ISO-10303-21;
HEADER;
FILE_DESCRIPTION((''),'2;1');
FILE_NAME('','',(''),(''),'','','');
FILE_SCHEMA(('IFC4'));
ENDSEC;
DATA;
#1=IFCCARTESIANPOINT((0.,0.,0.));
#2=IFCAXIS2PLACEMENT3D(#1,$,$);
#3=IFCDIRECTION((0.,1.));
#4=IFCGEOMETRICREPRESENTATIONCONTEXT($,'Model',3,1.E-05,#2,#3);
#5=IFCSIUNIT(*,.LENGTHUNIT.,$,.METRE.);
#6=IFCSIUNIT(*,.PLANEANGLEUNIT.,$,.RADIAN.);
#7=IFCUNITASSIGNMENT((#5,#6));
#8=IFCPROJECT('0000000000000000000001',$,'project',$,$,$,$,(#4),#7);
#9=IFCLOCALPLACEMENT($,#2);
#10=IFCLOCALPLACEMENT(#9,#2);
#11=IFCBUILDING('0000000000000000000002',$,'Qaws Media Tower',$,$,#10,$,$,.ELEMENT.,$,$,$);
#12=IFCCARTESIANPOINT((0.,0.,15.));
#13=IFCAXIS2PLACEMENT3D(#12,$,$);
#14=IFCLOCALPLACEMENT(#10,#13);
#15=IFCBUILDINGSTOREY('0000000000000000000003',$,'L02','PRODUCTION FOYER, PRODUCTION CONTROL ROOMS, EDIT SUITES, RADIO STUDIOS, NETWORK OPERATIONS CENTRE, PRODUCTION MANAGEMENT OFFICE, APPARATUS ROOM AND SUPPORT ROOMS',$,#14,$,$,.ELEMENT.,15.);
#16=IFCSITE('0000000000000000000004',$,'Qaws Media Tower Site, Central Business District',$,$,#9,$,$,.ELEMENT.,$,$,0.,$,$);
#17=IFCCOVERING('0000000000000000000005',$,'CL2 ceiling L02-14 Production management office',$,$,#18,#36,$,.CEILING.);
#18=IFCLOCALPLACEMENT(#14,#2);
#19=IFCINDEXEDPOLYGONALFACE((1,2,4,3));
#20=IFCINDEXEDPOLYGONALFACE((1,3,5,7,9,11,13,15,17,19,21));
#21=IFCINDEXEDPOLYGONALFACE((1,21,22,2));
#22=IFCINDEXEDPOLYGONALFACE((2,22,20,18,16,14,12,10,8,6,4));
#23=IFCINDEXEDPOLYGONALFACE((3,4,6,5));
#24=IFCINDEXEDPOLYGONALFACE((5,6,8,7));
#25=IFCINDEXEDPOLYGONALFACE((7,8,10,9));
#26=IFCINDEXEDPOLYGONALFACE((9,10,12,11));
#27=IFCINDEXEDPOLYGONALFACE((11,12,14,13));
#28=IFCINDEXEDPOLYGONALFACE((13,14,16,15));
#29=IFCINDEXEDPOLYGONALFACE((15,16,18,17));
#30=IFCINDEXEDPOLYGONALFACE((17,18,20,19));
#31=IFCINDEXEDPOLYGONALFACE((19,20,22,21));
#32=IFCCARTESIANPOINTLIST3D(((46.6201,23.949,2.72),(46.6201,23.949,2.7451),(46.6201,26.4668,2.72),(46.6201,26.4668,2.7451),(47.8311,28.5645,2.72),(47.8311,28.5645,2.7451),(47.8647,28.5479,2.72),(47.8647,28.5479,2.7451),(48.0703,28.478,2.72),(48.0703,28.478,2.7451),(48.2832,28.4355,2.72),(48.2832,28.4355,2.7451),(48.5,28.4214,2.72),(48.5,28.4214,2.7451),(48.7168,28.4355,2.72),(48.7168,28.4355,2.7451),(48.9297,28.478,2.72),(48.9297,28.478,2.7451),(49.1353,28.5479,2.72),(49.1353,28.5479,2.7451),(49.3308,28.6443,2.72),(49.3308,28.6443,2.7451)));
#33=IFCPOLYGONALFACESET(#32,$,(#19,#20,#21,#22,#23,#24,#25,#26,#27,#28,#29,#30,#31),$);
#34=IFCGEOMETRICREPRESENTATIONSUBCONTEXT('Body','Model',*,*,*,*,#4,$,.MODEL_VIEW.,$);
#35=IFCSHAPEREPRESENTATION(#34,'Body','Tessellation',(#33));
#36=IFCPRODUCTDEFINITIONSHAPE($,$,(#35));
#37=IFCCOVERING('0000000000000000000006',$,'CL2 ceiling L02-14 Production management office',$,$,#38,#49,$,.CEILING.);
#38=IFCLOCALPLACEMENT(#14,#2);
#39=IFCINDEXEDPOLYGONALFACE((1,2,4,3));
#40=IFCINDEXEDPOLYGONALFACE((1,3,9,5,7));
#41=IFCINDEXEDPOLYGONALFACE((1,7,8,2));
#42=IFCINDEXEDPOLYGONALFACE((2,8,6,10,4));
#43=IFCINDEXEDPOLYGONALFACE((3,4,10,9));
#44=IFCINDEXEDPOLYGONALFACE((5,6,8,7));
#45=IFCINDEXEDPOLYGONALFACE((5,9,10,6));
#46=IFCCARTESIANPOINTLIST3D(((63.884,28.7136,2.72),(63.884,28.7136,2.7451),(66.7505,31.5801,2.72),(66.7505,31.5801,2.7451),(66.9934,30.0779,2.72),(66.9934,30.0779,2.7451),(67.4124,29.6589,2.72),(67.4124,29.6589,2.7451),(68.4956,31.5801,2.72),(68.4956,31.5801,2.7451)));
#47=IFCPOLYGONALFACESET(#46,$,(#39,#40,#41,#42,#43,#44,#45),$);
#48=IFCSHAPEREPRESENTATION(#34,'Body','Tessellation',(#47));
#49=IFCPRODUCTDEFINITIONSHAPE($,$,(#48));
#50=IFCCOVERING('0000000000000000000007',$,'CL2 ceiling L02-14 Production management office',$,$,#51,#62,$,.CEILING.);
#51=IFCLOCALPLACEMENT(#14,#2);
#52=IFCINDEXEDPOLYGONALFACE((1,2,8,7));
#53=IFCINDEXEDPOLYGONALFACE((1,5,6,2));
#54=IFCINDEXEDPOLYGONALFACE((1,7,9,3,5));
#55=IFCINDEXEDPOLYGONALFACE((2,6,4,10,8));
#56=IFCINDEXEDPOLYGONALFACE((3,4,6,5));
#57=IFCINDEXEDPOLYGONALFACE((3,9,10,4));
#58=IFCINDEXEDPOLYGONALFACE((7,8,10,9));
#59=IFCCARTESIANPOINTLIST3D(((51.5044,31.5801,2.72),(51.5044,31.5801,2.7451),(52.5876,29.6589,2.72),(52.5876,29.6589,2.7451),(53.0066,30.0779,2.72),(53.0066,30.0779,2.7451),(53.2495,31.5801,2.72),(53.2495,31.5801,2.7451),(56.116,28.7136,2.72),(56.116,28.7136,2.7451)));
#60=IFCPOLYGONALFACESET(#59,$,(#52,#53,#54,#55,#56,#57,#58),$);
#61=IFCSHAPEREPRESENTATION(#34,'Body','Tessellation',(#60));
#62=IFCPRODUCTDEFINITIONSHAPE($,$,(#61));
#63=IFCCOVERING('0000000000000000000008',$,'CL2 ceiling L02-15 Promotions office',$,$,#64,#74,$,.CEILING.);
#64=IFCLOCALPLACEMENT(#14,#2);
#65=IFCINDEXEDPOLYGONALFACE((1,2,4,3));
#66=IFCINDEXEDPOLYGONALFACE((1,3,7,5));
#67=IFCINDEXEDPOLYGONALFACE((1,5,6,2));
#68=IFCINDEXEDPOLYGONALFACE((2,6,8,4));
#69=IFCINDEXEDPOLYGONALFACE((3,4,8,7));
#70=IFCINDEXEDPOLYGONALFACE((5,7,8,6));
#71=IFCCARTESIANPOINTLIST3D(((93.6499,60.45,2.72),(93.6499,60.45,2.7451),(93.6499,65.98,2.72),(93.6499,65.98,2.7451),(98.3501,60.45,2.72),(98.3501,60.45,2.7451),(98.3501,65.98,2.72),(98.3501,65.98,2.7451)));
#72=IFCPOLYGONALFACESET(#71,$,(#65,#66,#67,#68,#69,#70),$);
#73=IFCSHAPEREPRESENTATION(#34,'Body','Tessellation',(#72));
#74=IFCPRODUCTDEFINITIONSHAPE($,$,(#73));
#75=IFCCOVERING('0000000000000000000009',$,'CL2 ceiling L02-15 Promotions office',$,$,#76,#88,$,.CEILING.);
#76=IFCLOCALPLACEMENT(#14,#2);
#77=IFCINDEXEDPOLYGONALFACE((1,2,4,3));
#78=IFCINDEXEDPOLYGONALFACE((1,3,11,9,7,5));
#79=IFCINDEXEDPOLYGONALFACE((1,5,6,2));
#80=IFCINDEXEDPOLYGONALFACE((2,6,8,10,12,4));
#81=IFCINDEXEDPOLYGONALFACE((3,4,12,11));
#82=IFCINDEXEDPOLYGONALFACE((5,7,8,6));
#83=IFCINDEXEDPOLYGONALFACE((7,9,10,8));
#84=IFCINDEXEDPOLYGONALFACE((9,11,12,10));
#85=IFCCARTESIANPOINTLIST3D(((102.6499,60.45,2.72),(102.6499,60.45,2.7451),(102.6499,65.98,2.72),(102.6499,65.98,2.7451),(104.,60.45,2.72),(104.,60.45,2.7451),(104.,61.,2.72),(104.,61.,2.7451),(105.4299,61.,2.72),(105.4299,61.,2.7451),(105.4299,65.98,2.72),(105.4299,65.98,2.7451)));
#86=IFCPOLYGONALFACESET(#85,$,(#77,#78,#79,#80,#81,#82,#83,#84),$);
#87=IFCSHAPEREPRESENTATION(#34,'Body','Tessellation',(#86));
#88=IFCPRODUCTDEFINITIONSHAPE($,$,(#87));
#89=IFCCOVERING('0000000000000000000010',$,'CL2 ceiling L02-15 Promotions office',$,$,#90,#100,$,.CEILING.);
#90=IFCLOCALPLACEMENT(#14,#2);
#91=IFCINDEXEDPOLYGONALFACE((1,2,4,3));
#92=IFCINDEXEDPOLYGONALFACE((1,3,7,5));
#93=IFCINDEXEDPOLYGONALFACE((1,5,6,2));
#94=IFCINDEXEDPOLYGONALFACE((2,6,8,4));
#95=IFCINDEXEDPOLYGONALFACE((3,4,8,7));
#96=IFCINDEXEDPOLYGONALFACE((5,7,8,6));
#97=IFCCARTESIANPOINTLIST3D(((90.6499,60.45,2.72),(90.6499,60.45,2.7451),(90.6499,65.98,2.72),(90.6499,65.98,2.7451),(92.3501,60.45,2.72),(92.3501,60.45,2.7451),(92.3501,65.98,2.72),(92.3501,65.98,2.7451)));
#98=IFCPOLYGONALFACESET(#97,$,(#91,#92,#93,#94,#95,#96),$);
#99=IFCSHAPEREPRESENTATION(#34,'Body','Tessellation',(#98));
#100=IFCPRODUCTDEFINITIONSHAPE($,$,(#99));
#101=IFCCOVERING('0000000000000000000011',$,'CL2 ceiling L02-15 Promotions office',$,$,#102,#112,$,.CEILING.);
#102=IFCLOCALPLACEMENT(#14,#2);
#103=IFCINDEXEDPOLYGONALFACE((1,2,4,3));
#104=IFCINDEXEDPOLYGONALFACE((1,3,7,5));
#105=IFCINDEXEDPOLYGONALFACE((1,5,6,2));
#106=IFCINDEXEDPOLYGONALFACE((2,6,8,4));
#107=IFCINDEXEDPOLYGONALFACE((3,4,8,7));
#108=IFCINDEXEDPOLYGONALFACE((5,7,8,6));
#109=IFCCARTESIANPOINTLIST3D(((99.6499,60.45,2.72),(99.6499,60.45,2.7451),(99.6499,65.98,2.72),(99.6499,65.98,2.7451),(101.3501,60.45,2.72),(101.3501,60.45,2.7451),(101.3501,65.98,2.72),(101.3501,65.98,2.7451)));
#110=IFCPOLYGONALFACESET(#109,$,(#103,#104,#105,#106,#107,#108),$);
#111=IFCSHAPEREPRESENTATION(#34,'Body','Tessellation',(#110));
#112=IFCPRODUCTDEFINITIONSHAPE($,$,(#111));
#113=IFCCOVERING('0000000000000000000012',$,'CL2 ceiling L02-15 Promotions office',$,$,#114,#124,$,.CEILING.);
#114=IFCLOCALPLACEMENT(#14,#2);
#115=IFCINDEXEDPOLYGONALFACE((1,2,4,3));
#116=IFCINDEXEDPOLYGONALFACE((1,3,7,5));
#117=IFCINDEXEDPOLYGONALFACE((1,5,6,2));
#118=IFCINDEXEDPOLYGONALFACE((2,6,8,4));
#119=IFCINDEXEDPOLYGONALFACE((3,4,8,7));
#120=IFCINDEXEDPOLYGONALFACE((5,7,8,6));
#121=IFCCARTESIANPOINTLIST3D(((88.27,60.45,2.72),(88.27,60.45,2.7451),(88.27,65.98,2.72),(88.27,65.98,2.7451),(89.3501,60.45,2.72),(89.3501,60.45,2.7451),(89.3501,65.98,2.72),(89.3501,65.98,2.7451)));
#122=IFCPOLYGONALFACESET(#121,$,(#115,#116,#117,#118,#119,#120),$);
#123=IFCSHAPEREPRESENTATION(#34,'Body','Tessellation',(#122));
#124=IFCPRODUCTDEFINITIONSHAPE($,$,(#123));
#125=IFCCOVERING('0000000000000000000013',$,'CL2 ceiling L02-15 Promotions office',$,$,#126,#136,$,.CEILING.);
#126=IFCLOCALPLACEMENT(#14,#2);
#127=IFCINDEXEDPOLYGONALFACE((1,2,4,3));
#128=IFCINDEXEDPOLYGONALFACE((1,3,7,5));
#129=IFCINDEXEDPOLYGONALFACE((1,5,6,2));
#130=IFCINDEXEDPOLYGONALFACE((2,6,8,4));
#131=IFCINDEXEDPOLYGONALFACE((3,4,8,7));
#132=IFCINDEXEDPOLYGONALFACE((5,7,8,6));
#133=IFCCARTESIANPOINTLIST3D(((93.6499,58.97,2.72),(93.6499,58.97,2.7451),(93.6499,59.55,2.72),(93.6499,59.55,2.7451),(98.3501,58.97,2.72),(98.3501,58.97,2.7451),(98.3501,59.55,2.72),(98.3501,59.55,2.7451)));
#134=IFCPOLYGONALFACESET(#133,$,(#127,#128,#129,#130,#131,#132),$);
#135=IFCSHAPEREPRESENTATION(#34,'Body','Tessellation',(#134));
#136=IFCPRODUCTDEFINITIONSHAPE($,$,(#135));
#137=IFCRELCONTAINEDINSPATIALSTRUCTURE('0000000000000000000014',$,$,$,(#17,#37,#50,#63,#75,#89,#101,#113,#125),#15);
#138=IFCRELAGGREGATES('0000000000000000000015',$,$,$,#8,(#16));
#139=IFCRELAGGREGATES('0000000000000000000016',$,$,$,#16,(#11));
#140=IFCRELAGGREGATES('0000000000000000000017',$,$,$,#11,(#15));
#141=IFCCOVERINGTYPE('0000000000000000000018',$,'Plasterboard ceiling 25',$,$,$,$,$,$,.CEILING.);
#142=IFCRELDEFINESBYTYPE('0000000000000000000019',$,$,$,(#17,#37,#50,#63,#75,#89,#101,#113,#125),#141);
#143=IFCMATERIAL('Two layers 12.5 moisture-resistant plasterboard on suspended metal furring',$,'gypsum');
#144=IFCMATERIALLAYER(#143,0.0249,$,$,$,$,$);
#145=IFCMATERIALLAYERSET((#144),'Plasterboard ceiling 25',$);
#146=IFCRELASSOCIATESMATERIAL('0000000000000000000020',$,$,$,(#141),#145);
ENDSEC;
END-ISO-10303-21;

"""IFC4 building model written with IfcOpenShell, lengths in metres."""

from ifc_helpers import new_model, si_unit, direction, frame, origin, place, context, subcontext, project, spatial, polyline, outline, extrude, material, layer, layer_set, type_object, element, save


model = new_model("IFC4")

# Units and contexts
model_context = context("Model", 3, precision=1e-05, world=origin(), true_north=direction((0.0, 1.0)))
body_context = subcontext(model_context, "Body", "Model", "MODEL_VIEW")
ifc_project = project(units=[si_unit("LENGTHUNIT", "METRE"), si_unit("PLANEANGLEUNIT", "RADIAN")], contexts=[model_context])

# Site, building, storey
site_placement = place(None, origin())
site = spatial("IfcSite", under=ifc_project, at=site_placement, Name="Qaws Media Tower Site, Central Business District", CompositionType="ELEMENT", RefElevation=0.0)
building_placement = place(site_placement, origin())
building = spatial("IfcBuilding", under=site, at=building_placement, Name="Qaws Media Tower", CompositionType="ELEMENT")
storey_placement = place(building_placement, frame((0.0, 0.0, 15.0)))
storey = spatial("IfcBuildingStorey", under=building, at=storey_placement, Name="L02", Description="PRODUCTION FOYER, PRODUCTION CONTROL ROOMS, EDIT SUITES, RADIO STUDIOS, NETWORK OPERATIONS CENTRE, PRODUCTION MANAGEMENT OFFICE, APPARATUS ROOM AND SUPPORT ROOMS", CompositionType="ELEMENT", Elevation=15.0)

# Coverings
ifc_material_1 = material(Name="Two layers 12.5 moisture-resistant plasterboard on suspended metal furring", Category="gypsum")
ifc_layer_1 = layer(ifc_material_1, 0.0249)
ifc_layer_set_1 = layer_set([ifc_layer_1], Name="Plasterboard ceiling 25")
covering_type_1 = type_object("IfcCoveringType", Name="Plasterboard ceiling 25", PredefinedType="CEILING", material=ifc_layer_set_1)
covering_1_placement = place(storey_placement, frame((0.0, 0.0, 2.72)))
element("IfcCovering", 1, at=covering_1_placement, inside=storey, type_object=covering_type_1, Name="CL2 ceiling L02-14 Production management office", PredefinedType="CEILING", context=body_context, shape_type="SweptSolid", body=[
    extrude(outline(polyline([(46.6201, 26.4668), (47.8311, 28.5645), (47.8647, 28.5479), (48.0703, 28.478), (48.2832, 28.4355), (48.5, 28.4214), (48.7168, 28.4355), (48.9297, 28.478), (49.1353, 28.5479), (49.3308, 28.6443), (46.6201, 23.949), (46.6201, 26.4668)])), origin(), (0.0, 0.0, 1.0), 0.0251),
])
covering_2_placement = place(storey_placement, frame((0.0, 0.0, 2.72)))
element("IfcCovering", 2, at=covering_2_placement, inside=storey, type_object=covering_type_1, Name="CL2 ceiling L02-14 Production management office", PredefinedType="CEILING", context=body_context, shape_type="SweptSolid", body=[
    extrude(outline(polyline([(68.4956, 31.5801), (66.9934, 30.0779), (67.4124, 29.6589), (63.884, 28.7136), (66.7505, 31.5801), (68.4956, 31.5801)])), origin(), (0.0, 0.0, 1.0), 0.0251),
])
covering_3_placement = place(storey_placement, frame((0.0, 0.0, 2.72)))
element("IfcCovering", 3, at=covering_3_placement, inside=storey, type_object=covering_type_1, Name="CL2 ceiling L02-14 Production management office", PredefinedType="CEILING", context=body_context, shape_type="SweptSolid", body=[
    extrude(outline(polyline([(53.2495, 31.5801), (56.116, 28.7136), (52.5876, 29.6589), (53.0066, 30.0779), (51.5044, 31.5801), (53.2495, 31.5801)])), origin(), (0.0, 0.0, 1.0), 0.0251),
])
covering_4_placement = place(storey_placement, frame((0.0, 0.0, 2.72)))
element("IfcCovering", 4, at=covering_4_placement, inside=storey, type_object=covering_type_1, Name="CL2 ceiling L02-15 Promotions office", PredefinedType="CEILING", context=body_context, shape_type="SweptSolid", body=[
    extrude(outline(polyline([(98.3501, 65.98), (98.3501, 60.45), (93.6499, 60.45), (93.6499, 65.98), (98.3501, 65.98)])), origin(), (0.0, 0.0, 1.0), 0.0251),
])
covering_5_placement = place(storey_placement, frame((0.0, 0.0, 2.72)))
element("IfcCovering", 5, at=covering_5_placement, inside=storey, type_object=covering_type_1, Name="CL2 ceiling L02-15 Promotions office", PredefinedType="CEILING", context=body_context, shape_type="SweptSolid", body=[
    extrude(outline(polyline([(105.4299, 61.0), (104.0, 61.0), (104.0, 60.45), (102.6499, 60.45), (102.6499, 65.98), (105.4299, 65.98), (105.4299, 61.0)])), origin(), (0.0, 0.0, 1.0), 0.0251),
])
covering_6_placement = place(storey_placement, frame((0.0, 0.0, 2.72)))
element("IfcCovering", 6, at=covering_6_placement, inside=storey, type_object=covering_type_1, Name="CL2 ceiling L02-15 Promotions office", PredefinedType="CEILING", context=body_context, shape_type="SweptSolid", body=[
    extrude(outline(polyline([(92.3501, 65.98), (92.3501, 60.45), (90.6499, 60.45), (90.6499, 65.98), (92.3501, 65.98)])), origin(), (0.0, 0.0, 1.0), 0.0251),
])
covering_7_placement = place(storey_placement, frame((0.0, 0.0, 2.72)))
element("IfcCovering", 7, at=covering_7_placement, inside=storey, type_object=covering_type_1, Name="CL2 ceiling L02-15 Promotions office", PredefinedType="CEILING", context=body_context, shape_type="SweptSolid", body=[
    extrude(outline(polyline([(101.3501, 65.98), (101.3501, 60.45), (99.6499, 60.45), (99.6499, 65.98), (101.3501, 65.98)])), origin(), (0.0, 0.0, 1.0), 0.0251),
])
covering_8_placement = place(storey_placement, frame((0.0, 0.0, 2.72)))
element("IfcCovering", 8, at=covering_8_placement, inside=storey, type_object=covering_type_1, Name="CL2 ceiling L02-15 Promotions office", PredefinedType="CEILING", context=body_context, shape_type="SweptSolid", body=[
    extrude(outline(polyline([(88.27, 65.98), (89.3501, 65.98), (89.3501, 60.45), (88.27, 60.45), (88.27, 65.98)])), origin(), (0.0, 0.0, 1.0), 0.0251),
])
covering_9_placement = place(storey_placement, frame((0.0, 0.0, 2.72)))
element("IfcCovering", 9, at=covering_9_placement, inside=storey, type_object=covering_type_1, Name="CL2 ceiling L02-15 Promotions office", PredefinedType="CEILING", context=body_context, shape_type="SweptSolid", body=[
    extrude(outline(polyline([(93.6499, 58.97), (93.6499, 59.55), (98.3501, 59.55), (98.3501, 58.97), (93.6499, 58.97)])), origin(), (0.0, 0.0, 1.0), 0.0251),
])

save(model, "model.ifc")
